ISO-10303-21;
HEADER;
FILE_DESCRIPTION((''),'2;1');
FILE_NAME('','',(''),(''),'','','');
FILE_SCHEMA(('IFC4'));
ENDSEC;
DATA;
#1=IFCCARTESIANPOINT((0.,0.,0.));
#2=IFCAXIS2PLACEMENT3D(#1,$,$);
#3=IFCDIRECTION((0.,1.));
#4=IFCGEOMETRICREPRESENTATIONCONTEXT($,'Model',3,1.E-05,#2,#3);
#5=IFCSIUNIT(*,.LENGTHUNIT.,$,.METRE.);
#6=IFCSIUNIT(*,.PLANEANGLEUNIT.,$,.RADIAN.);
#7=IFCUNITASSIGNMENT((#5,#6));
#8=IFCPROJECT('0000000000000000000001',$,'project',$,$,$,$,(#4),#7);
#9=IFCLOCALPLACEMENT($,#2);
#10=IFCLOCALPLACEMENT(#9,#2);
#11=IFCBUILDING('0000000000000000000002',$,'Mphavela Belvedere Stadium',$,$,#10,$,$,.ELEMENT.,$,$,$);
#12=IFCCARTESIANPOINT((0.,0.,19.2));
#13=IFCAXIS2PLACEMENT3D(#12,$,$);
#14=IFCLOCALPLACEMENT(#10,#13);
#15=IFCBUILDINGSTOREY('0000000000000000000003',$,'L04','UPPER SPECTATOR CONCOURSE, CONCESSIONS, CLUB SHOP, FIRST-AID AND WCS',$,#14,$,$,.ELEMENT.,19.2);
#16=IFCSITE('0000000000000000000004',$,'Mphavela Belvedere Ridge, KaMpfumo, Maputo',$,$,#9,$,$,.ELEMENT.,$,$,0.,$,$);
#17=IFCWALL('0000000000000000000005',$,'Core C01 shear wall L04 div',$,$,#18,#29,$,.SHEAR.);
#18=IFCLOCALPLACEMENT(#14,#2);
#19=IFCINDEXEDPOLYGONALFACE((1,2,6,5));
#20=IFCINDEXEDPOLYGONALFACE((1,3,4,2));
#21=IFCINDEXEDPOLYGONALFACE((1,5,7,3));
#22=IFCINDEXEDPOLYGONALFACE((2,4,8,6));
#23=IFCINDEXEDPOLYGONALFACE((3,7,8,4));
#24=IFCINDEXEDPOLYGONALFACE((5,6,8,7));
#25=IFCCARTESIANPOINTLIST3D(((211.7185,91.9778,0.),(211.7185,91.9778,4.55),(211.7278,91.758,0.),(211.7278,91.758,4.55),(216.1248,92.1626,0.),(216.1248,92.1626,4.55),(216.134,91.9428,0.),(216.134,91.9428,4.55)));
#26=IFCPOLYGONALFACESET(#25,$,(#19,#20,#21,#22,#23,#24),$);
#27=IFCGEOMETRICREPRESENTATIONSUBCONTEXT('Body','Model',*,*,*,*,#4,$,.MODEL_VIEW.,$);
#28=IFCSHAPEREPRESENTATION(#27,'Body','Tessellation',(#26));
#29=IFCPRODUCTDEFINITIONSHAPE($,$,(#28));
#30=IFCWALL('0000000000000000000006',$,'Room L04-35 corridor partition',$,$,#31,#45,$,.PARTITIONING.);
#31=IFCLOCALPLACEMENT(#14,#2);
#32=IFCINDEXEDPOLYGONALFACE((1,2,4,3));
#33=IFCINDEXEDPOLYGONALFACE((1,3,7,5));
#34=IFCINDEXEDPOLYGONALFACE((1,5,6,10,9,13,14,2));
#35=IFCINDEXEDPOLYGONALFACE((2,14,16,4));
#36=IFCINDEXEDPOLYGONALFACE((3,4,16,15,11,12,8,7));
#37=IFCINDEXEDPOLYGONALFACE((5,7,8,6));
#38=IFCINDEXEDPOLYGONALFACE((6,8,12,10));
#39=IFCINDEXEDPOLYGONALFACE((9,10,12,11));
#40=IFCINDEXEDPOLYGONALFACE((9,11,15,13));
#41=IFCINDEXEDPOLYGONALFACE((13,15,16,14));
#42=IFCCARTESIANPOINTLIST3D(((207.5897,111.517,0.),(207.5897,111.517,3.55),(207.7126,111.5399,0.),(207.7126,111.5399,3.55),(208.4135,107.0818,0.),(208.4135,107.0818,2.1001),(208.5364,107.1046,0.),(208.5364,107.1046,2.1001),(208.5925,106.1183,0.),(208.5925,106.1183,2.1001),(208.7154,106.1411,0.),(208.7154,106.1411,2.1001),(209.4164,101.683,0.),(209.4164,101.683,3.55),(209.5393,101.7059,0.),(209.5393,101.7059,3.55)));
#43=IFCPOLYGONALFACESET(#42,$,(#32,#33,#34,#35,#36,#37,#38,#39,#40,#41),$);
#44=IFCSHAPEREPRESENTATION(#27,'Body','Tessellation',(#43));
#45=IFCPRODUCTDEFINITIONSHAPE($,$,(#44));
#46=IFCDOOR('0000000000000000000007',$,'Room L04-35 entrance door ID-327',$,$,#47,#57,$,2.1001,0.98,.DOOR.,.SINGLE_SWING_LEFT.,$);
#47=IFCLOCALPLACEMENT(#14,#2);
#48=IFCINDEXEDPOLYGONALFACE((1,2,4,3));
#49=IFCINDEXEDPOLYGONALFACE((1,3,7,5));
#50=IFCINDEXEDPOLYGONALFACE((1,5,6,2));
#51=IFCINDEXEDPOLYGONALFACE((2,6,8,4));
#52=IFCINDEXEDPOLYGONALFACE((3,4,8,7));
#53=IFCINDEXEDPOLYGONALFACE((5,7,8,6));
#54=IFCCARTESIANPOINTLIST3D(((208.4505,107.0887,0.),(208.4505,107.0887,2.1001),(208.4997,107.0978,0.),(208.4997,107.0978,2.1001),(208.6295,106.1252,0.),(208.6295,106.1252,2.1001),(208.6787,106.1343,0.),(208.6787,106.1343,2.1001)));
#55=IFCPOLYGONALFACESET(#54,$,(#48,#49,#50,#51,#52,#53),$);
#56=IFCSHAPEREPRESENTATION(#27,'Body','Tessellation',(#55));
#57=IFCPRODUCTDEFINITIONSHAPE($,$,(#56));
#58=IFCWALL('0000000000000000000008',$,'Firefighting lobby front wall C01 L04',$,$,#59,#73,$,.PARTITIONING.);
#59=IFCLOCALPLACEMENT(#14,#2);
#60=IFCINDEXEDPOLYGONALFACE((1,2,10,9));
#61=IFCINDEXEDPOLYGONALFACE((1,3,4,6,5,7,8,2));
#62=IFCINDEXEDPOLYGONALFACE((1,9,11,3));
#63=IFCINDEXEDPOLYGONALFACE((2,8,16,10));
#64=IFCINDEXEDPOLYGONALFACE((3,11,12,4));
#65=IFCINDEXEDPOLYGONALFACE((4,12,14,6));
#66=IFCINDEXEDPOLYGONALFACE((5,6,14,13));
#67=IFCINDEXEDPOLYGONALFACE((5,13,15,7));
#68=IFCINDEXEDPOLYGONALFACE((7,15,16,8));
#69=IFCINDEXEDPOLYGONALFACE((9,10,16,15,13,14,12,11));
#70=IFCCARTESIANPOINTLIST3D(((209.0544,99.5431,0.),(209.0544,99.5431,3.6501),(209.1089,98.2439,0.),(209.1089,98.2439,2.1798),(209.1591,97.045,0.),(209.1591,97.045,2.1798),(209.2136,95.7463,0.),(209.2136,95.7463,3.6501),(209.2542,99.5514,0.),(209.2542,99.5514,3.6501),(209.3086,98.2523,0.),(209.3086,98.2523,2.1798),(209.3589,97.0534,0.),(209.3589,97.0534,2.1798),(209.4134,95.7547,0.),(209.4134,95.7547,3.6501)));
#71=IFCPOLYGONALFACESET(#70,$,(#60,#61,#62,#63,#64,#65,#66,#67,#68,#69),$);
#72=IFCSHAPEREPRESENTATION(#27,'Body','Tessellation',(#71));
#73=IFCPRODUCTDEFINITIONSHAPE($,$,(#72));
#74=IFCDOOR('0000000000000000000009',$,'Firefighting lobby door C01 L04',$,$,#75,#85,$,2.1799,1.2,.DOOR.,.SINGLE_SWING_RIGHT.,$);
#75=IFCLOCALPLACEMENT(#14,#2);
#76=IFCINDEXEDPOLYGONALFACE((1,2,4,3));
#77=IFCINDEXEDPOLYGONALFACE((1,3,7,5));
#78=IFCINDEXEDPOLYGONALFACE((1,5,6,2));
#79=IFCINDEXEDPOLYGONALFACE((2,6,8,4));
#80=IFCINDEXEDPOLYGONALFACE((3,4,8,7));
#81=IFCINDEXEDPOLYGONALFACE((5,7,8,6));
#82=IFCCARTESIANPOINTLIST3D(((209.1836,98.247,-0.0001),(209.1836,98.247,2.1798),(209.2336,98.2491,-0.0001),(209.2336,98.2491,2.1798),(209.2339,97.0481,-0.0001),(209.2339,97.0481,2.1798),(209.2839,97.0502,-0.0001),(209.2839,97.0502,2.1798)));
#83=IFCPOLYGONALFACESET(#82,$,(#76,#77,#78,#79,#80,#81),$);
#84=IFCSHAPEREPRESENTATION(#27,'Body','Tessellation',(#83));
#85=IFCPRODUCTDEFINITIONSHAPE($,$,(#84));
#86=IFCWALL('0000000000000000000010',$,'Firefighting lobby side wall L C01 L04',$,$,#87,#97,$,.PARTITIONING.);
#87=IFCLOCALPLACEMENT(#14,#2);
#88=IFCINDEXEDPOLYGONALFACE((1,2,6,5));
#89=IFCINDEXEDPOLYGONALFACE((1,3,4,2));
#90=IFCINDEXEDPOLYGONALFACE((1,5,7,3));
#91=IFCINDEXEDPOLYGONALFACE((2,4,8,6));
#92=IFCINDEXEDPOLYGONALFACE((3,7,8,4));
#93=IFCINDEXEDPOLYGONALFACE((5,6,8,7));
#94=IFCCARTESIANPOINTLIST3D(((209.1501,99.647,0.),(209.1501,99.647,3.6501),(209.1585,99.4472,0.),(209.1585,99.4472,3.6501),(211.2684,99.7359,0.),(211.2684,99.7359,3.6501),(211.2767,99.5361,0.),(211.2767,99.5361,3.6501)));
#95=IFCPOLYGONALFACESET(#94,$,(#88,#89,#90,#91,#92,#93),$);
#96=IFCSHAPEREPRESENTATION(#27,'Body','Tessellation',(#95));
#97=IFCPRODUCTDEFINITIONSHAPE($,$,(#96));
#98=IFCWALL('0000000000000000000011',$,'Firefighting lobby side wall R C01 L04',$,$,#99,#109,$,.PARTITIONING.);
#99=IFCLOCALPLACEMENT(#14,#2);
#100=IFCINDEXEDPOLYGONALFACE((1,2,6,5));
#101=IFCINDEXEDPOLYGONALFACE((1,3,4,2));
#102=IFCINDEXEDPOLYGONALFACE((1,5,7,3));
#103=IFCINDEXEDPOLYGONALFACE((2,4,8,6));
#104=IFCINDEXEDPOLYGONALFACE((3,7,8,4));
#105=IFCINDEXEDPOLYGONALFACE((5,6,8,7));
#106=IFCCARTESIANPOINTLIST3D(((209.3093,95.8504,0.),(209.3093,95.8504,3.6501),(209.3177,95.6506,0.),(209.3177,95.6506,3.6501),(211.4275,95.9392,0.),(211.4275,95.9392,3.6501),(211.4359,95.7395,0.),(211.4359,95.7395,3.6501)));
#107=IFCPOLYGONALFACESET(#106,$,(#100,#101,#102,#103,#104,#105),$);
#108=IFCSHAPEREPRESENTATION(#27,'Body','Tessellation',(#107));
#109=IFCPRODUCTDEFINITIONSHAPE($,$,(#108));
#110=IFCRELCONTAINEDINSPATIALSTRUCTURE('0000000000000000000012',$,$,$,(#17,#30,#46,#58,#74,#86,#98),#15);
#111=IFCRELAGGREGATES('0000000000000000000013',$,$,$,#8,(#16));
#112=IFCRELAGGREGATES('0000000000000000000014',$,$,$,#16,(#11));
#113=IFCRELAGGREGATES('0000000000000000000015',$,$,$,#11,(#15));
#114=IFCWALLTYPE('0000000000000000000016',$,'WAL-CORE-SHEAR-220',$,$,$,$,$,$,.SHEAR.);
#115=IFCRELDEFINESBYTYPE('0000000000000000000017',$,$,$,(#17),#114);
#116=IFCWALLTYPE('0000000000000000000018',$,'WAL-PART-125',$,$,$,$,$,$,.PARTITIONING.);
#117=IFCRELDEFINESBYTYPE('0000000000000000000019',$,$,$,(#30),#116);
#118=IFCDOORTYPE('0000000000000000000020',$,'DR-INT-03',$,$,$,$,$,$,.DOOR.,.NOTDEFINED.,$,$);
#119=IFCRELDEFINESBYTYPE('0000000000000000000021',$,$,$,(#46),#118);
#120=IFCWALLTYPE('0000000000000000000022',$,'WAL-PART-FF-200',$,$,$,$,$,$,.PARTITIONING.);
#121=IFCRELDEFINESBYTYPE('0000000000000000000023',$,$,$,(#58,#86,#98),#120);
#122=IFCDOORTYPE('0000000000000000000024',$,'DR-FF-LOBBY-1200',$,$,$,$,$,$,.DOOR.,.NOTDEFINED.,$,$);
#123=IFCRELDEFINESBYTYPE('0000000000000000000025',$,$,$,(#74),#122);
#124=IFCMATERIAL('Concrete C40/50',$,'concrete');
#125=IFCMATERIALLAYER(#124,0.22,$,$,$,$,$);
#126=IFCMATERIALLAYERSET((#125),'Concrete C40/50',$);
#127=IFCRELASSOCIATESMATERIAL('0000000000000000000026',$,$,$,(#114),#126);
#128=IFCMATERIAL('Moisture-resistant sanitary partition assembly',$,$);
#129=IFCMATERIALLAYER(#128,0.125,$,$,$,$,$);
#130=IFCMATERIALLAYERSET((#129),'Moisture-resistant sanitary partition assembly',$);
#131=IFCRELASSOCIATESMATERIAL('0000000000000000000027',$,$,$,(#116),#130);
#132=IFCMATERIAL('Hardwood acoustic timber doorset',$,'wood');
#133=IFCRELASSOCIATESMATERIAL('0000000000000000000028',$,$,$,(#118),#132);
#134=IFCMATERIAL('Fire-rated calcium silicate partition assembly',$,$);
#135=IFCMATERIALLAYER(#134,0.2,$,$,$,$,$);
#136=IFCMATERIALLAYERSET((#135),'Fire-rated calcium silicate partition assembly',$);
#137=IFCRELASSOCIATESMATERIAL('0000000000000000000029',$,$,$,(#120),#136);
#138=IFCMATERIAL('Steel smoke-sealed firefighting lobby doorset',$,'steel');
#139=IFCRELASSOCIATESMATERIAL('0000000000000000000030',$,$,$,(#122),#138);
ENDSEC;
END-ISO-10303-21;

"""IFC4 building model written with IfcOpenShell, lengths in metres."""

from ifc_helpers import new_model, si_unit, direction, frame, frame_2d, origin, place, context, subcontext, project, spatial, rectangle, extrude, material, layer, layer_set, type_object, element, fill, save


model = new_model("IFC4")

# Units and contexts
model_context = context("Model", 3, precision=1e-05, world=origin(), true_north=direction((0.0, 1.0)))
body_context = subcontext(model_context, "Body", "Model", "MODEL_VIEW")
ifc_project = project(units=[si_unit("LENGTHUNIT", "METRE"), si_unit("PLANEANGLEUNIT", "RADIAN")], contexts=[model_context])

# Site, building, storey
site_placement = place(None, origin())
site = spatial("IfcSite", under=ifc_project, at=site_placement, Name="Mphavela Belvedere Ridge, KaMpfumo, Maputo", CompositionType="ELEMENT", RefElevation=0.0)
building_placement = place(site_placement, origin())
building = spatial("IfcBuilding", under=site, at=building_placement, Name="Mphavela Belvedere Stadium", CompositionType="ELEMENT")
storey_placement = place(building_placement, frame((0.0, 0.0, 19.2)))
storey = spatial("IfcBuildingStorey", under=building, at=storey_placement, Name="L04", Description="UPPER SPECTATOR CONCOURSE, CONCESSIONS, CLUB SHOP, FIRST-AID AND WCS", CompositionType="ELEMENT", Elevation=19.2)

# Shared definitions
ifc_material_1 = material(Name="Concrete C40/50", Category="concrete")
ifc_layer_1 = layer(ifc_material_1, 0.22)
ifc_layer_set_1 = layer_set([ifc_layer_1], Name="Concrete C40/50")
wall_type_1 = type_object("IfcWallType", Name="WAL-CORE-SHEAR-220", PredefinedType="SHEAR", material=ifc_layer_set_1)

# Wall
wall_1_placement = place(storey_placement, frame((211.7231, 91.8679, 0.0), z_axis=(0.0, 0.0, 1.0), x_axis=(0.999122, 0.041907, 0.0)))
element("IfcWall", 1, at=wall_1_placement, inside=storey, type_object=wall_type_1, Name="Core C01 shear wall L04 div", PredefinedType="SHEAR", context=body_context, shape_type="SweptSolid", body=[
    extrude(rectangle(XDim=4.4102, YDim=0.22, at=frame_2d((2.2051, 0.0))), origin(), (0.0, 0.0, 1.0), 4.55),
])

# Walls, openings, doors
ifc_material_2 = material(Name="Moisture-resistant sanitary partition assembly")
ifc_layer_2 = layer(ifc_material_2, 0.125)
ifc_layer_set_2 = layer_set([ifc_layer_2], Name="Moisture-resistant sanitary partition assembly")
wall_type_2 = type_object("IfcWallType", Name="WAL-PART-125", PredefinedType="PARTITIONING", material=ifc_layer_set_2)
wall_2_placement = place(storey_placement, frame((209.4778, 101.6946, 0.0), z_axis=(0.0, 0.0, 1.0), x_axis=(-0.182626, 0.983182, 0.0)))
wall_2 = element("IfcWall", 2, at=wall_2_placement, inside=storey, type_object=wall_type_2, Name="Room L04-35 corridor partition", PredefinedType="PARTITIONING", context=body_context, shape_type="SweptSolid", body=[
    extrude(rectangle(XDim=10.0022, YDim=0.125, at=frame_2d((5.001, 0.0))), origin(), (0.0, 0.0, 1.0), 3.55),
])
opening_1_placement = place(wall_2_placement, frame((4.511, 0.0, 0.0)))
opening_1 = element("IfcOpeningElement", 3, at=opening_1_placement, cuts=wall_2, PredefinedType="OPENING", context=body_context, shape_type="SweptSolid", body=[
    extrude(rectangle(XDim=0.98, YDim=2.1001, at=frame_2d((0.49, 1.05))), frame((0.0, 0.0725, 0.0), z_axis=(0.0, -1.0, 0.0), x_axis=(1.0, 0.0, 0.0)), (0.0, 0.0, 1.0), 0.145),
])
ifc_material_3 = material(Name="Hardwood acoustic timber doorset", Category="wood")
door_type_1 = type_object("IfcDoorType", Name="DR-INT-03", OperationType="NOTDEFINED", PredefinedType="DOOR", material=ifc_material_3)
door_1_placement = place(opening_1_placement, origin())
door_1 = element("IfcDoor", 4, at=door_1_placement, inside=storey, type_object=door_type_1, Name="Room L04-35 entrance door ID-327", OperationType="SINGLE_SWING_LEFT", OverallHeight=2.1001, OverallWidth=0.98, PredefinedType="DOOR", context=body_context, shape_type="SweptSolid", body=[
    extrude(rectangle(XDim=0.98, YDim=2.1001, at=frame_2d((0.49, 1.05))), frame((0.0, 0.0249, 0.0), z_axis=(0.0, -1.0, 0.0), x_axis=(1.0, 0.0, 0.0)), (0.0, 0.0, 1.0), 0.05),
])
fill(opening_1, door_1)
ifc_material_4 = material(Name="Fire-rated calcium silicate partition assembly")
ifc_layer_3 = layer(ifc_material_4, 0.2)
ifc_layer_set_3 = layer_set([ifc_layer_3], Name="Fire-rated calcium silicate partition assembly")
wall_type_3 = type_object("IfcWallType", Name="WAL-PART-FF-200", PredefinedType="PARTITIONING", material=ifc_layer_set_3)
wall_3_placement = place(storey_placement, frame((209.1543, 99.5471, 0.0), z_axis=(0.0, 0.0, 1.0), x_axis=(0.04189, -0.999122, 0.0)))
wall_3 = element("IfcWall", 5, at=wall_3_placement, inside=storey, type_object=wall_type_3, Name="Firefighting lobby front wall C01 L04", PredefinedType="PARTITIONING", context=body_context, shape_type="SweptSolid", body=[
    extrude(rectangle(XDim=3.8, YDim=0.2, at=frame_2d((1.8999, 0.0))), origin(), (0.0, 0.0, 1.0), 3.6501),
])
opening_2_placement = place(wall_3_placement, frame((1.3, 0.0, 0.0)))
opening_2 = element("IfcOpeningElement", 6, at=opening_2_placement, cuts=wall_3, PredefinedType="OPENING", context=body_context, shape_type="SweptSolid", body=[
    extrude(rectangle(XDim=1.2, YDim=2.1799, at=frame_2d((0.6001, 1.0898))), frame((0.0, 0.1099, 0.0), z_axis=(0.0, -1.0, 0.0), x_axis=(1.0, 0.0, 0.0)), (0.0, 0.0, 1.0), 0.22),
])
ifc_material_5 = material(Name="Steel smoke-sealed firefighting lobby doorset", Category="steel")
door_type_2 = type_object("IfcDoorType", Name="DR-FF-LOBBY-1200", OperationType="NOTDEFINED", PredefinedType="DOOR", material=ifc_material_5)
door_2_placement = place(opening_2_placement, origin())
door_2 = element("IfcDoor", 7, at=door_2_placement, inside=storey, type_object=door_type_2, Name="Firefighting lobby door C01 L04", OperationType="SINGLE_SWING_RIGHT", OverallHeight=2.1799, OverallWidth=1.2, PredefinedType="DOOR", context=body_context, shape_type="SweptSolid", body=[
    extrude(rectangle(XDim=1.2, YDim=2.1799, at=frame_2d((0.6001, 1.0898))), frame((0.0, 0.0249, 0.0), z_axis=(0.0, -1.0, 0.0), x_axis=(1.0, 0.0, 0.0)), (0.0, 0.0, 1.0), 0.05),
])
fill(opening_2, door_2)

# Walls
for number, where, z_axis, x_axis, name in (
    (8, (209.1543, 99.5471, 0.0), (0.0, 0.0, 1.0), (0.999121, 0.041918, 0.0), "Firefighting lobby side wall L C01 L04"),
    (9, (209.3135, 95.7505, 0.0), (0.0, 0.0, 1.0), (0.999121, 0.041918, 0.0), "Firefighting lobby side wall R C01 L04"),
):
    element("IfcWall", number, at=place(storey_placement, frame(where, z_axis=z_axis, x_axis=x_axis)), inside=storey, type_object=wall_type_3, Name=name, PredefinedType="PARTITIONING", context=body_context, shape_type="SweptSolid", body=[
        extrude(rectangle(XDim=2.1201, YDim=0.2, at=frame_2d((1.0601, 0.0))), origin(), (0.0, 0.0, 1.0), 3.6501),
    ])

save(model, "model.ifc")
